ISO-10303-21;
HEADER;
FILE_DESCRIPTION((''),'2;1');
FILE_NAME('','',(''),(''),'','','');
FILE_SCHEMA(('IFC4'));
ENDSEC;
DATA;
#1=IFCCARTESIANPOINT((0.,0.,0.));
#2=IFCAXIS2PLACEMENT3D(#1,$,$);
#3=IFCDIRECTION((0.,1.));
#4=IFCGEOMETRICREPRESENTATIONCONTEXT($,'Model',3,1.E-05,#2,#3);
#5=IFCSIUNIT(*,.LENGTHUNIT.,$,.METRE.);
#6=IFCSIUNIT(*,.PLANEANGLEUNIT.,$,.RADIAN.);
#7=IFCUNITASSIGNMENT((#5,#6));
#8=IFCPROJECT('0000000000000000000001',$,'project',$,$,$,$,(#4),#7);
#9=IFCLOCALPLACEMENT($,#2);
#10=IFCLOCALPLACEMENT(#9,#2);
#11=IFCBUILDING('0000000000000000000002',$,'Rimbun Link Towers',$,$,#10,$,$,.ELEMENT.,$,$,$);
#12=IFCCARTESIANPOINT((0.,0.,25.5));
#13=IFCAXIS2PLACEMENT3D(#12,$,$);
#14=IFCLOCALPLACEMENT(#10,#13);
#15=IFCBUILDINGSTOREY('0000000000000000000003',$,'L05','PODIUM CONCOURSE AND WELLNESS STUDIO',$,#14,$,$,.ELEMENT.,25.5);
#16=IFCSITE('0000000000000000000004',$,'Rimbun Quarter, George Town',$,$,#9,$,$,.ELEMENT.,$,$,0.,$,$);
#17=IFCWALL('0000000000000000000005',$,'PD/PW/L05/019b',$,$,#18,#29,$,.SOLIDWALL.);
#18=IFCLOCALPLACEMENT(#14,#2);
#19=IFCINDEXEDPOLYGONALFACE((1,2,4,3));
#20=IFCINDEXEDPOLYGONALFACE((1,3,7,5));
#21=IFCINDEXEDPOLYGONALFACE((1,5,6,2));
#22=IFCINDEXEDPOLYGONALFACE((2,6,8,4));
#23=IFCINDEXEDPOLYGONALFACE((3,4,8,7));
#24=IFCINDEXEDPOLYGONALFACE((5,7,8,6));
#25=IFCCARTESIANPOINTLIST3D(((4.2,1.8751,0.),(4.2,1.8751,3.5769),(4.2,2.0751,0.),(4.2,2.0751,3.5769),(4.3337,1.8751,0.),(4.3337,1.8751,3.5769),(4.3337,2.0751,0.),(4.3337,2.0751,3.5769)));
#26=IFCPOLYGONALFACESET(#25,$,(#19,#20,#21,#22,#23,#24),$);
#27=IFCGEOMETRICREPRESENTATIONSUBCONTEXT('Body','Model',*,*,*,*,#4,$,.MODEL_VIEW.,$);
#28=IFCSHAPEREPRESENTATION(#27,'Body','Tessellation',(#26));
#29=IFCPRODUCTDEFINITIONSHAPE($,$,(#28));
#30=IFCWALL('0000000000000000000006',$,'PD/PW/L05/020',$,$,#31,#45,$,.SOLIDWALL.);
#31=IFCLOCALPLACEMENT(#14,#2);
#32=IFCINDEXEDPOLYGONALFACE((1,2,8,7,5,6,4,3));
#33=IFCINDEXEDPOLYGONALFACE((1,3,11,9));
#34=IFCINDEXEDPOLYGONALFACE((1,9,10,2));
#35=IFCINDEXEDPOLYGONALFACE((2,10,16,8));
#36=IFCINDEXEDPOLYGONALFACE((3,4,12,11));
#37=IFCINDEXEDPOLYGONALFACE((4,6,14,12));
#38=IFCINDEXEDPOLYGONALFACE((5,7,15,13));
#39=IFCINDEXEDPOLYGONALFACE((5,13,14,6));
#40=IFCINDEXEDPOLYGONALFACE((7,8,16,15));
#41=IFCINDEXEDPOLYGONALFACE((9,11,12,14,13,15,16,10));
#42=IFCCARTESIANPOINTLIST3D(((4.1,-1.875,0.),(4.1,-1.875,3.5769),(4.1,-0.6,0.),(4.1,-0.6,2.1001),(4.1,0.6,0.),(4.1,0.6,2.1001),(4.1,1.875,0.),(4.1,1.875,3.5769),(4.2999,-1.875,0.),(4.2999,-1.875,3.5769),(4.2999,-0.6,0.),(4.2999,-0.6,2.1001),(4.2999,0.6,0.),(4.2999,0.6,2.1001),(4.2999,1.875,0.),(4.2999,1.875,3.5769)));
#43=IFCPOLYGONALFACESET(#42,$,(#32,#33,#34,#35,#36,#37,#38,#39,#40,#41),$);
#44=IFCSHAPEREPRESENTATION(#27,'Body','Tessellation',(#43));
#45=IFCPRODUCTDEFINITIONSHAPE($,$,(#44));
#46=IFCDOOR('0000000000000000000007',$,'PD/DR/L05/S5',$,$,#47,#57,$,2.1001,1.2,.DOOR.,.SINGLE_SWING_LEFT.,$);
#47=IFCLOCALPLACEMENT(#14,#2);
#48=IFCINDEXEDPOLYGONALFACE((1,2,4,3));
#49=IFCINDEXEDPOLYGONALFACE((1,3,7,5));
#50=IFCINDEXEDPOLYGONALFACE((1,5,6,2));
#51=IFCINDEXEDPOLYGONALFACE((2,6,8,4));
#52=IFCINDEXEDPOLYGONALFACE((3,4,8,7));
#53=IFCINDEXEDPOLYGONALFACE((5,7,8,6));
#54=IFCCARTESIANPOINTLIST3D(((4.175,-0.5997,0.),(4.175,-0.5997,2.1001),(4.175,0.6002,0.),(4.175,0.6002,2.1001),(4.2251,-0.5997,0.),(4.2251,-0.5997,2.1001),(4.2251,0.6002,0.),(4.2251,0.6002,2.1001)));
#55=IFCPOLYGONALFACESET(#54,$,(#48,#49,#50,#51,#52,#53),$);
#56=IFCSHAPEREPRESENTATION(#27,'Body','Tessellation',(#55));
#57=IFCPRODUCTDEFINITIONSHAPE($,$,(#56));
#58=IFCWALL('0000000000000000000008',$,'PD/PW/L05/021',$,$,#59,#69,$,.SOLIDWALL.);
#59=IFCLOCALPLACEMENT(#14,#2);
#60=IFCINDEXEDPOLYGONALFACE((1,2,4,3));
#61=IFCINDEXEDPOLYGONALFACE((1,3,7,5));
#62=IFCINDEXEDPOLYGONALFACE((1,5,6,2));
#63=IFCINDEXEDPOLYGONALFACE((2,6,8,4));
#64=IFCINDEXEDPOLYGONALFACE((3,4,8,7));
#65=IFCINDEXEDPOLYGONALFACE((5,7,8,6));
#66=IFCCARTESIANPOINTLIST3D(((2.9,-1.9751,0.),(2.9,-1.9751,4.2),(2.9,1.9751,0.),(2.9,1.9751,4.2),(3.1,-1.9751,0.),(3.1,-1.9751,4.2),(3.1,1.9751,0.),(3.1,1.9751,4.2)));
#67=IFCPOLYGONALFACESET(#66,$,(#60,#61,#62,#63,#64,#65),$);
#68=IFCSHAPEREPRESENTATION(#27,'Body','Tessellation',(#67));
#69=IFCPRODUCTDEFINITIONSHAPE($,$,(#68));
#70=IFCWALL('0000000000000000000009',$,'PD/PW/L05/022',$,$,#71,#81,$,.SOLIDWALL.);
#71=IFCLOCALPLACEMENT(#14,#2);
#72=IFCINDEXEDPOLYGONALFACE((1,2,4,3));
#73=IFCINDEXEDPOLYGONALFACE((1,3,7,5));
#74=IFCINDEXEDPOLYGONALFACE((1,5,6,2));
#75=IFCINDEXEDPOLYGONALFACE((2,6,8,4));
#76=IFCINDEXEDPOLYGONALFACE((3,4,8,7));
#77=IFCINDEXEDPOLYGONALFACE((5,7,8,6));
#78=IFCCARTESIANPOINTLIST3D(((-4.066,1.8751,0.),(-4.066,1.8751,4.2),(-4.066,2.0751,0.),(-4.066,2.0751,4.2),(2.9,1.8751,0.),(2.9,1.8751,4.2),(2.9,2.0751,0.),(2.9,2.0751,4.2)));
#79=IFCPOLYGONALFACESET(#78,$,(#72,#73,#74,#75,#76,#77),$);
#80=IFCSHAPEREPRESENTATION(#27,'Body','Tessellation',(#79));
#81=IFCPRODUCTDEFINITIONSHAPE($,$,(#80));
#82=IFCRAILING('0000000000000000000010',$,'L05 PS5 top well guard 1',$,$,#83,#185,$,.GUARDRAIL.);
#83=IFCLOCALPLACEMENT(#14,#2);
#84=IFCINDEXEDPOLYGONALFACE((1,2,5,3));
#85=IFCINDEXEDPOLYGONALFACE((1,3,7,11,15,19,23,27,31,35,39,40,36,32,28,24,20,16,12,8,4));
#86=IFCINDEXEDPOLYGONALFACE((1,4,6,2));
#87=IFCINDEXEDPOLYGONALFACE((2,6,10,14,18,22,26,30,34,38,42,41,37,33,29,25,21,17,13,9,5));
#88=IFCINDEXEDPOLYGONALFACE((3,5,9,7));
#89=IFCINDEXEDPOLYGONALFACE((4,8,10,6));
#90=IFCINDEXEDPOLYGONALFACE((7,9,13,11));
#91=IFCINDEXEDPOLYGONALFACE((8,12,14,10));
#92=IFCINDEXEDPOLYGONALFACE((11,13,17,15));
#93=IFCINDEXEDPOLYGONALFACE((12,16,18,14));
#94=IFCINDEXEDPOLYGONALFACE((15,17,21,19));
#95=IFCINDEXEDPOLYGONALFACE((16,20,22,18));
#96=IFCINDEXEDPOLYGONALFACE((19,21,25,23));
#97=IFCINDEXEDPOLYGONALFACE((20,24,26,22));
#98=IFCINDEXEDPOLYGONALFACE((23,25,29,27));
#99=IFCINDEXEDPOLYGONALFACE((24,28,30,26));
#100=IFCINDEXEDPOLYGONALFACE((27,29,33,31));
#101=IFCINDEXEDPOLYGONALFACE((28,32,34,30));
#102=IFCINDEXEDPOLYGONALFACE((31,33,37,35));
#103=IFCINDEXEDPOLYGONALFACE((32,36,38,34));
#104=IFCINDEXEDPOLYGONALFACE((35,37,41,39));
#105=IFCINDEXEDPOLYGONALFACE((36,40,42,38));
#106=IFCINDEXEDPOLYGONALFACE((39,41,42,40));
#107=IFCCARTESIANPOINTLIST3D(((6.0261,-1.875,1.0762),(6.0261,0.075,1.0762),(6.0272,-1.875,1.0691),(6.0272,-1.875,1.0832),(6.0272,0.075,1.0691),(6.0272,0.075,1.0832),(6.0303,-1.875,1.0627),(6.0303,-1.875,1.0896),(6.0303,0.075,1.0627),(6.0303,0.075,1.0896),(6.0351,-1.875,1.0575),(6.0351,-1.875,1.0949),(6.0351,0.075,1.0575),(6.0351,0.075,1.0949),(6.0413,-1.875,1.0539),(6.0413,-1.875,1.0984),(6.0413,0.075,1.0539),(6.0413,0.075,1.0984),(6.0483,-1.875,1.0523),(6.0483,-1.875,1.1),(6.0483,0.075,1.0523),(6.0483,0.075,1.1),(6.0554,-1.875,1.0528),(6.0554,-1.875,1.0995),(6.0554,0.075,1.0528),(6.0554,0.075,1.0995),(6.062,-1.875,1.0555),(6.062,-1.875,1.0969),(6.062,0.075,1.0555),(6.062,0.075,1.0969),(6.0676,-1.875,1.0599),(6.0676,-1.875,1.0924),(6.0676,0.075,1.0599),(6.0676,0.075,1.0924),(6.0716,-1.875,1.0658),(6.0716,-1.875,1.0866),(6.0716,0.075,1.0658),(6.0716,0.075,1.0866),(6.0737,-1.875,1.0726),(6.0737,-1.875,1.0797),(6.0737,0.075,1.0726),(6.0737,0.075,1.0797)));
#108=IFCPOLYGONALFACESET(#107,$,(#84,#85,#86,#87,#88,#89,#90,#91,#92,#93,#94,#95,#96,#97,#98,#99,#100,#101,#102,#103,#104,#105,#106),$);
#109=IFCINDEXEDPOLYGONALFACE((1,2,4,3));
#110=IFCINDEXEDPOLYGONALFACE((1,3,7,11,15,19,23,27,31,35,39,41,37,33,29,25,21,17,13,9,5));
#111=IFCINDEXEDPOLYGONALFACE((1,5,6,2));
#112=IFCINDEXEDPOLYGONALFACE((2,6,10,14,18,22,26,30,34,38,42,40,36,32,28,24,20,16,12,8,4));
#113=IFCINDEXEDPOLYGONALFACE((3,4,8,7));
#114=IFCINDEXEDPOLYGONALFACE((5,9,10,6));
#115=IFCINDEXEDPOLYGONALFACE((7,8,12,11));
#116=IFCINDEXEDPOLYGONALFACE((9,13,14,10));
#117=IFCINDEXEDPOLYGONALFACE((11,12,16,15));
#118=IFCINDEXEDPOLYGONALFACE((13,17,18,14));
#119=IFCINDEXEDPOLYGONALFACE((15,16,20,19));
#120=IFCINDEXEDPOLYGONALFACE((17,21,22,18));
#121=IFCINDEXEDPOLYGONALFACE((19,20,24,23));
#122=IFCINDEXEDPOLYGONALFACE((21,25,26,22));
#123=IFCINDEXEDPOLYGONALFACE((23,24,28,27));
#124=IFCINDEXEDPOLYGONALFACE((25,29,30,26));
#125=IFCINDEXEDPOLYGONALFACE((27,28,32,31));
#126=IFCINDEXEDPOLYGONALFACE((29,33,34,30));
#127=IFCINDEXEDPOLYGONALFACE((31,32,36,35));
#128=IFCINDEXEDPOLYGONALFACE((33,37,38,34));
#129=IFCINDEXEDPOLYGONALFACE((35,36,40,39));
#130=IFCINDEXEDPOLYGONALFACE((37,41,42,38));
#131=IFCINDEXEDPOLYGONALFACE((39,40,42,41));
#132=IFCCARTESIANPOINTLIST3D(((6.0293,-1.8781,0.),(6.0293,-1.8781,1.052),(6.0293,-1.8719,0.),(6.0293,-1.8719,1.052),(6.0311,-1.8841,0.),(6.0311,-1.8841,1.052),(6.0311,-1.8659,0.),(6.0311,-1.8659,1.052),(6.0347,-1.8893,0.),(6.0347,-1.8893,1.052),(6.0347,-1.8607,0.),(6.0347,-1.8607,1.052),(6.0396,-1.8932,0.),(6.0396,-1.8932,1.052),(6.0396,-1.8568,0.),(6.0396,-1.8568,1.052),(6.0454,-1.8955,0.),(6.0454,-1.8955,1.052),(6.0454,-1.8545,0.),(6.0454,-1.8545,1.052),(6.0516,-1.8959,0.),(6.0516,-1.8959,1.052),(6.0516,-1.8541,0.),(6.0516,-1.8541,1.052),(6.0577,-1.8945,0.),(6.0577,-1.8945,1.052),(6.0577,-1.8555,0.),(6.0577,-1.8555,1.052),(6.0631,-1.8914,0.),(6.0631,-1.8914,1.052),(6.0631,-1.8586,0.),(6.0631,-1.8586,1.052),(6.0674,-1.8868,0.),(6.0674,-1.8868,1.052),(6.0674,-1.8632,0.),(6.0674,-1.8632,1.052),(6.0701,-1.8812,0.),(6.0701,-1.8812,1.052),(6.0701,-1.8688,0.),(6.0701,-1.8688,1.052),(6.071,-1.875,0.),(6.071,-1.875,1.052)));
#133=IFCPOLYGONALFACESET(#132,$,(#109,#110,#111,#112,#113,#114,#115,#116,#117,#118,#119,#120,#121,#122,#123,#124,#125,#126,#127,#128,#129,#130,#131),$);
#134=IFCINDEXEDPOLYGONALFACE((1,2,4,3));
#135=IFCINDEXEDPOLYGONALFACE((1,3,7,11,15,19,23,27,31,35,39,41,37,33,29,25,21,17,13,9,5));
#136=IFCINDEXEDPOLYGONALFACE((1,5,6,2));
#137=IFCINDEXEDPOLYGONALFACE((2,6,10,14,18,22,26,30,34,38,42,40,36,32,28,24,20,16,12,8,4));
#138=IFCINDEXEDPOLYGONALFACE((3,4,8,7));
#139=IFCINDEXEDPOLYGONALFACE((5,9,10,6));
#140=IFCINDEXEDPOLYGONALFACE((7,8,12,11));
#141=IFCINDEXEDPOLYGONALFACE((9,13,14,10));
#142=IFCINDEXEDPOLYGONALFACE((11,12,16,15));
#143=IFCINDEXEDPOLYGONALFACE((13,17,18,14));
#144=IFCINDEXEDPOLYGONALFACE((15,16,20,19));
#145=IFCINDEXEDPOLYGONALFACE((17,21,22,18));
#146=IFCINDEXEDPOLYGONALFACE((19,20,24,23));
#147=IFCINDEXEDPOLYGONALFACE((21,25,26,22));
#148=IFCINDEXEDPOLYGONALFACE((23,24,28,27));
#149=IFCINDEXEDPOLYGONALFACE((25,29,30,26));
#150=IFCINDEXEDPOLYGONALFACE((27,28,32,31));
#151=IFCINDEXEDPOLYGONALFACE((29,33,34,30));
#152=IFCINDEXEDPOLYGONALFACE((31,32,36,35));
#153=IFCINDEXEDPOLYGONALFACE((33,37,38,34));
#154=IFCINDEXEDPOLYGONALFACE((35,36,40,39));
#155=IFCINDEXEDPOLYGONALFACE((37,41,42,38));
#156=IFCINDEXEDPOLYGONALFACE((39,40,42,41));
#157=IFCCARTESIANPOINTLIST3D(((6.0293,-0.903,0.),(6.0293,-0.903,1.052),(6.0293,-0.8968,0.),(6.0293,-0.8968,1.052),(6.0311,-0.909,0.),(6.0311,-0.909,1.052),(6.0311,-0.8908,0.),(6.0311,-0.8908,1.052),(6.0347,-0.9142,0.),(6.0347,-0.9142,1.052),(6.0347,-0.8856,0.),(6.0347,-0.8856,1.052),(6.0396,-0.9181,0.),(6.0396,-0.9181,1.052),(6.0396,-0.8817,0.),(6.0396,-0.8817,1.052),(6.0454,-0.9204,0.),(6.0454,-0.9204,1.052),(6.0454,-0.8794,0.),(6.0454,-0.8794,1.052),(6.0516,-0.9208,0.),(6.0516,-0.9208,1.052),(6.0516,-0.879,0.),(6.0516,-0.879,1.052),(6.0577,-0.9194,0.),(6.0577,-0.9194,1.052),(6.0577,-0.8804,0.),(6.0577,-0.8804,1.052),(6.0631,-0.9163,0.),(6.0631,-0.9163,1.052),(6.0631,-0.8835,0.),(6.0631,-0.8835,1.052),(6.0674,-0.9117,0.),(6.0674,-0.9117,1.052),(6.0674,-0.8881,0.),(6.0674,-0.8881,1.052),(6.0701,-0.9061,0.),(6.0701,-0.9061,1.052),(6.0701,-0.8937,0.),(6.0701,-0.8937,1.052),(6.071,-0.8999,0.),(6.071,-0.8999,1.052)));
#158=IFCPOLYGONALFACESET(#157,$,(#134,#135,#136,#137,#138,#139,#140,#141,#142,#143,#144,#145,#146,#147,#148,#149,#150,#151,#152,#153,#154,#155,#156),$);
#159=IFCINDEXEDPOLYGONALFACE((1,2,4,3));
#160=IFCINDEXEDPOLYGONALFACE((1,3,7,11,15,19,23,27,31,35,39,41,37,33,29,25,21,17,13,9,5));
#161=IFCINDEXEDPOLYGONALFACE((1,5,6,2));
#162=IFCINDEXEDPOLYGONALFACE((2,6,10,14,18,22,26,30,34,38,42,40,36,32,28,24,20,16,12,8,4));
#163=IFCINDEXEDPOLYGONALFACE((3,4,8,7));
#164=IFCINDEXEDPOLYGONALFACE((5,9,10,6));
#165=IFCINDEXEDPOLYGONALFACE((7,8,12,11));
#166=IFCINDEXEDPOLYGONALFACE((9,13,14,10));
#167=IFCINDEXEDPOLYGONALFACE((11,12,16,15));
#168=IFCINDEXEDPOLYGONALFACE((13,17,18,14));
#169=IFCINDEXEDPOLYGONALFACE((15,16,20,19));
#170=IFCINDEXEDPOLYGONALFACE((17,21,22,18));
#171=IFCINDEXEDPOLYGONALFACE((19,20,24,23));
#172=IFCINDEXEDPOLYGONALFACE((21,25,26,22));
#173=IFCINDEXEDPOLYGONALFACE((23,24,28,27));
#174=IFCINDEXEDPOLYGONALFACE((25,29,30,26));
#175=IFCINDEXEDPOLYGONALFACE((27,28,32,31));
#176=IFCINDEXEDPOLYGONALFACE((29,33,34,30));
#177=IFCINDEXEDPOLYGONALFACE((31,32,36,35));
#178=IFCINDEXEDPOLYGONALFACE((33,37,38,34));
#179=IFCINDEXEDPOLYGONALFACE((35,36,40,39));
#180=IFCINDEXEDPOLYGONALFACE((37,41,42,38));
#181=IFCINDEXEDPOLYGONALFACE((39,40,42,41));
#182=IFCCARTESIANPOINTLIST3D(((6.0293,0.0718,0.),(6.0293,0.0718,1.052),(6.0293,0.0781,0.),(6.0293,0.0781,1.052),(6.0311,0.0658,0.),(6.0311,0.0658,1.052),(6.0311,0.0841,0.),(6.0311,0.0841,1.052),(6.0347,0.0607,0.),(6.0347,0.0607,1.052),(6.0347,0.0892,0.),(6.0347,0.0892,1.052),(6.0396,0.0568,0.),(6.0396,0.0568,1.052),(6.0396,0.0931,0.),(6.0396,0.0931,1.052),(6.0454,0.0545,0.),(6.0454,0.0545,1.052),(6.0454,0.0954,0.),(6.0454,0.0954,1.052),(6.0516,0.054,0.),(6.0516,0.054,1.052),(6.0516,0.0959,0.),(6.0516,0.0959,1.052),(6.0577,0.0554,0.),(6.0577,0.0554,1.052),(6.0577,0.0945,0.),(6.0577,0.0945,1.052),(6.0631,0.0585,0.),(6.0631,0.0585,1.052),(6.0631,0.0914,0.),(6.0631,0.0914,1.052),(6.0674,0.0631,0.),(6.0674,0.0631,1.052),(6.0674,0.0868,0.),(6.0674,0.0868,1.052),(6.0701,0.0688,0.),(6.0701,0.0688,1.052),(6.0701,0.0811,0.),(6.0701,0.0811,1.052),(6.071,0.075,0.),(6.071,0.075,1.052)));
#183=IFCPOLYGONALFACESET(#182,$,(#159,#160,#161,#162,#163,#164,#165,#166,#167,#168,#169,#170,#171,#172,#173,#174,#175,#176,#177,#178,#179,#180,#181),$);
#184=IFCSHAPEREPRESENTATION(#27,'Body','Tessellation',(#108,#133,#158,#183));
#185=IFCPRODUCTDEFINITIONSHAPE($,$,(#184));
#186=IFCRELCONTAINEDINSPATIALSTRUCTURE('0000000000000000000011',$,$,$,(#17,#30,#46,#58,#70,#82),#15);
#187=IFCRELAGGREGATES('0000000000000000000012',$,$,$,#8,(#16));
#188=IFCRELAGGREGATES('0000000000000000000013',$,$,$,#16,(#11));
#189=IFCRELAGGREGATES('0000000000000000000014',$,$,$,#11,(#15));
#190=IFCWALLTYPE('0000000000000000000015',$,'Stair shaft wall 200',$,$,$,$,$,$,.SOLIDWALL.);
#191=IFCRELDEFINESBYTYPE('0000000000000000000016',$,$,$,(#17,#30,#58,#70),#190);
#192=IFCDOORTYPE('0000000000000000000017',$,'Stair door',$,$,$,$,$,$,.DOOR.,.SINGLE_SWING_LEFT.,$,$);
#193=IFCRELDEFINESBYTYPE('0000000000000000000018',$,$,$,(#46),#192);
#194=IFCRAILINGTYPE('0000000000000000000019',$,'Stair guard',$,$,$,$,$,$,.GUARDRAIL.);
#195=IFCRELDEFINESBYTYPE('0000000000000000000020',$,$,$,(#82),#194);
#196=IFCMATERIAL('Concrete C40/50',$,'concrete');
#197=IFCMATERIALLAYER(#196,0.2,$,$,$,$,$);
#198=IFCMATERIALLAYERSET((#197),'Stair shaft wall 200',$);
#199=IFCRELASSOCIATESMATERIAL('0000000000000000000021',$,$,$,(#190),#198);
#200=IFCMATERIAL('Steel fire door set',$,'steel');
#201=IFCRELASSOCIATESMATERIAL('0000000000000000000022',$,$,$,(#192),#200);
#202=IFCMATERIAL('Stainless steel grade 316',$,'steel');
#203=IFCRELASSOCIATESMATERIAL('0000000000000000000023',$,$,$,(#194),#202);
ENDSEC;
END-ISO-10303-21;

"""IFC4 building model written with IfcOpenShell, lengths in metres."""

from ifc_helpers import new_model, si_unit, direction, frame, frame_2d, origin, origin_2d, place, context, subcontext, project, spatial, rectangle, circle, extrude, material, layer, layer_set, type_object, element, fill, save


model = new_model("IFC4")

# Units and contexts
model_context = context("Model", 3, precision=1e-05, world=origin(), true_north=direction((0.0, 1.0)))
body_context = subcontext(model_context, "Body", "Model", "MODEL_VIEW")
ifc_project = project(units=[si_unit("LENGTHUNIT", "METRE"), si_unit("PLANEANGLEUNIT", "RADIAN")], contexts=[model_context])

# Site, building, storey
site_placement = place(None, origin())
site = spatial("IfcSite", under=ifc_project, at=site_placement, Name="Rimbun Quarter, George Town", CompositionType="ELEMENT", RefElevation=0.0)
building_placement = place(site_placement, origin())
building = spatial("IfcBuilding", under=site, at=building_placement, Name="Rimbun Link Towers", CompositionType="ELEMENT")
storey_placement = place(building_placement, frame((0.0, 0.0, 25.5)))
storey = spatial("IfcBuildingStorey", under=building, at=storey_placement, Name="L05", Description="PODIUM CONCOURSE AND WELLNESS STUDIO", CompositionType="ELEMENT", Elevation=25.5)

# Wall
ifc_material_1 = material(Name="Concrete C40/50", Category="concrete")
ifc_layer_1 = layer(ifc_material_1, 0.2)
ifc_layer_set_1 = layer_set([ifc_layer_1], Name="Stair shaft wall 200")
wall_type_1 = type_object("IfcWallType", Name="Stair shaft wall 200", PredefinedType="SOLIDWALL", material=ifc_layer_set_1)
wall_1_placement = place(storey_placement, frame((4.3337, 1.9751, 0.0), z_axis=(0.0, 0.0, 1.0), x_axis=(-1.0, 0.0, 0.0)))
element("IfcWall", 1, at=wall_1_placement, inside=storey, type_object=wall_type_1, Name="PD/PW/L05/019b", PredefinedType="SOLIDWALL", context=body_context, shape_type="SweptSolid", body=[
    extrude(rectangle(XDim=0.1338, YDim=0.2, at=frame_2d((0.0669, 0.0))), origin(), (0.0, 0.0, 1.0), 3.5769),
])

# Wall, opening, door
wall_2_placement = place(storey_placement, frame((4.2, 1.875, 0.0), z_axis=(0.0, 0.0, 1.0), x_axis=(0.0, -1.0, 0.0)))
wall_2 = element("IfcWall", 2, at=wall_2_placement, inside=storey, type_object=wall_type_1, Name="PD/PW/L05/020", PredefinedType="SOLIDWALL", context=body_context, shape_type="SweptSolid", body=[
    extrude(rectangle(XDim=3.75, YDim=0.2, at=frame_2d((1.875, 0.0))), origin(), (0.0, 0.0, 1.0), 3.5769),
])
opening_1_placement = place(wall_2_placement, frame((1.2749, 0.0, 0.0)))
opening_1 = element("IfcOpeningElement", 3, at=opening_1_placement, cuts=wall_2, PredefinedType="OPENING", context=body_context, shape_type="SweptSolid", body=[
    extrude(rectangle(XDim=1.2, YDim=2.1001, at=frame_2d((0.6001, 1.05))), frame((0.0, 0.1099, 0.0), z_axis=(0.0, -1.0, 0.0), x_axis=(1.0, 0.0, 0.0)), (0.0, 0.0, 1.0), 0.22),
])
ifc_material_2 = material(Name="Steel fire door set", Category="steel")
door_type_1 = type_object("IfcDoorType", Name="Stair door", OperationType="SINGLE_SWING_LEFT", PredefinedType="DOOR", material=ifc_material_2)
door_1_placement = place(opening_1_placement, frame((1.2, 0.0, 0.0), z_axis=(0.0, 0.0, 1.0), x_axis=(-1.0, 0.0, 0.0)))
door_1 = element("IfcDoor", 4, at=door_1_placement, inside=storey, type_object=door_type_1, Name="PD/DR/L05/S5", OperationType="SINGLE_SWING_LEFT", OverallHeight=2.1001, OverallWidth=1.2, PredefinedType="DOOR", context=body_context, shape_type="SweptSolid", body=[
    extrude(rectangle(XDim=1.2, YDim=2.1001, at=frame_2d((0.6001, 1.05))), frame((0.0, 0.0249, 0.0), z_axis=(0.0, -1.0, 0.0), x_axis=(1.0, 0.0, 0.0)), (0.0, 0.0, 1.0), 0.05),
])
fill(opening_1, door_1)

# Walls
wall_3_placement = place(storey_placement, frame((3.0, -1.9751, 0.0), z_axis=(0.0, 0.0, 1.0), x_axis=(0.0, 1.0, 0.0)))
element("IfcWall", 5, at=wall_3_placement, inside=storey, type_object=wall_type_1, Name="PD/PW/L05/021", PredefinedType="SOLIDWALL", context=body_context, shape_type="SweptSolid", body=[
    extrude(rectangle(XDim=3.9502, YDim=0.2, at=frame_2d((1.9751, 0.0))), origin(), (0.0, 0.0, 1.0), 4.2),
])
wall_4_placement = place(storey_placement, frame((2.8999, 1.9751, 0.0), z_axis=(0.0, 0.0, 1.0), x_axis=(-1.0, 0.0, 0.0)))
element("IfcWall", 6, at=wall_4_placement, inside=storey, type_object=wall_type_1, Name="PD/PW/L05/022", PredefinedType="SOLIDWALL", context=body_context, shape_type="SweptSolid", body=[
    extrude(rectangle(XDim=6.9661, YDim=0.2, at=frame_2d((3.4829, 0.0))), origin(), (0.0, 0.0, 1.0), 4.2),
])

# Railing
ifc_material_3 = material(Name="Stainless steel grade 316", Category="steel")
railing_type = type_object("IfcRailingType", Name="Stair guard", PredefinedType="GUARDRAIL", material=ifc_material_3)
railing_placement = place(storey_placement, frame((6.05, -1.875, 0.0)))
element("IfcRailing", 7, at=railing_placement, inside=storey, type_object=railing_type, Name="L05 PS5 top well guard 1", PredefinedType="GUARDRAIL", context=body_context, shape_type="SweptSolid", body=[
    extrude(circle(Radius=0.0239, at=origin_2d()), frame((0.0, 0.0, 1.0762), z_axis=(0.0, 1.0, 0.0), x_axis=(-1.0, 0.0, 0.0)), (0.0, 0.0, 1.0), 1.95),
    extrude(circle(Radius=0.021, at=origin_2d()), origin(), (0.0, 0.0, 1.0), 1.052),
    extrude(circle(Radius=0.021, at=origin_2d()), frame((0.0, 0.9751, 0.0)), (0.0, 0.0, 1.0), 1.052),
    extrude(circle(Radius=0.021, at=origin_2d()), frame((0.0, 1.95, 0.0)), (0.0, 0.0, 1.0), 1.052),
])

save(model, "model.ifc")
